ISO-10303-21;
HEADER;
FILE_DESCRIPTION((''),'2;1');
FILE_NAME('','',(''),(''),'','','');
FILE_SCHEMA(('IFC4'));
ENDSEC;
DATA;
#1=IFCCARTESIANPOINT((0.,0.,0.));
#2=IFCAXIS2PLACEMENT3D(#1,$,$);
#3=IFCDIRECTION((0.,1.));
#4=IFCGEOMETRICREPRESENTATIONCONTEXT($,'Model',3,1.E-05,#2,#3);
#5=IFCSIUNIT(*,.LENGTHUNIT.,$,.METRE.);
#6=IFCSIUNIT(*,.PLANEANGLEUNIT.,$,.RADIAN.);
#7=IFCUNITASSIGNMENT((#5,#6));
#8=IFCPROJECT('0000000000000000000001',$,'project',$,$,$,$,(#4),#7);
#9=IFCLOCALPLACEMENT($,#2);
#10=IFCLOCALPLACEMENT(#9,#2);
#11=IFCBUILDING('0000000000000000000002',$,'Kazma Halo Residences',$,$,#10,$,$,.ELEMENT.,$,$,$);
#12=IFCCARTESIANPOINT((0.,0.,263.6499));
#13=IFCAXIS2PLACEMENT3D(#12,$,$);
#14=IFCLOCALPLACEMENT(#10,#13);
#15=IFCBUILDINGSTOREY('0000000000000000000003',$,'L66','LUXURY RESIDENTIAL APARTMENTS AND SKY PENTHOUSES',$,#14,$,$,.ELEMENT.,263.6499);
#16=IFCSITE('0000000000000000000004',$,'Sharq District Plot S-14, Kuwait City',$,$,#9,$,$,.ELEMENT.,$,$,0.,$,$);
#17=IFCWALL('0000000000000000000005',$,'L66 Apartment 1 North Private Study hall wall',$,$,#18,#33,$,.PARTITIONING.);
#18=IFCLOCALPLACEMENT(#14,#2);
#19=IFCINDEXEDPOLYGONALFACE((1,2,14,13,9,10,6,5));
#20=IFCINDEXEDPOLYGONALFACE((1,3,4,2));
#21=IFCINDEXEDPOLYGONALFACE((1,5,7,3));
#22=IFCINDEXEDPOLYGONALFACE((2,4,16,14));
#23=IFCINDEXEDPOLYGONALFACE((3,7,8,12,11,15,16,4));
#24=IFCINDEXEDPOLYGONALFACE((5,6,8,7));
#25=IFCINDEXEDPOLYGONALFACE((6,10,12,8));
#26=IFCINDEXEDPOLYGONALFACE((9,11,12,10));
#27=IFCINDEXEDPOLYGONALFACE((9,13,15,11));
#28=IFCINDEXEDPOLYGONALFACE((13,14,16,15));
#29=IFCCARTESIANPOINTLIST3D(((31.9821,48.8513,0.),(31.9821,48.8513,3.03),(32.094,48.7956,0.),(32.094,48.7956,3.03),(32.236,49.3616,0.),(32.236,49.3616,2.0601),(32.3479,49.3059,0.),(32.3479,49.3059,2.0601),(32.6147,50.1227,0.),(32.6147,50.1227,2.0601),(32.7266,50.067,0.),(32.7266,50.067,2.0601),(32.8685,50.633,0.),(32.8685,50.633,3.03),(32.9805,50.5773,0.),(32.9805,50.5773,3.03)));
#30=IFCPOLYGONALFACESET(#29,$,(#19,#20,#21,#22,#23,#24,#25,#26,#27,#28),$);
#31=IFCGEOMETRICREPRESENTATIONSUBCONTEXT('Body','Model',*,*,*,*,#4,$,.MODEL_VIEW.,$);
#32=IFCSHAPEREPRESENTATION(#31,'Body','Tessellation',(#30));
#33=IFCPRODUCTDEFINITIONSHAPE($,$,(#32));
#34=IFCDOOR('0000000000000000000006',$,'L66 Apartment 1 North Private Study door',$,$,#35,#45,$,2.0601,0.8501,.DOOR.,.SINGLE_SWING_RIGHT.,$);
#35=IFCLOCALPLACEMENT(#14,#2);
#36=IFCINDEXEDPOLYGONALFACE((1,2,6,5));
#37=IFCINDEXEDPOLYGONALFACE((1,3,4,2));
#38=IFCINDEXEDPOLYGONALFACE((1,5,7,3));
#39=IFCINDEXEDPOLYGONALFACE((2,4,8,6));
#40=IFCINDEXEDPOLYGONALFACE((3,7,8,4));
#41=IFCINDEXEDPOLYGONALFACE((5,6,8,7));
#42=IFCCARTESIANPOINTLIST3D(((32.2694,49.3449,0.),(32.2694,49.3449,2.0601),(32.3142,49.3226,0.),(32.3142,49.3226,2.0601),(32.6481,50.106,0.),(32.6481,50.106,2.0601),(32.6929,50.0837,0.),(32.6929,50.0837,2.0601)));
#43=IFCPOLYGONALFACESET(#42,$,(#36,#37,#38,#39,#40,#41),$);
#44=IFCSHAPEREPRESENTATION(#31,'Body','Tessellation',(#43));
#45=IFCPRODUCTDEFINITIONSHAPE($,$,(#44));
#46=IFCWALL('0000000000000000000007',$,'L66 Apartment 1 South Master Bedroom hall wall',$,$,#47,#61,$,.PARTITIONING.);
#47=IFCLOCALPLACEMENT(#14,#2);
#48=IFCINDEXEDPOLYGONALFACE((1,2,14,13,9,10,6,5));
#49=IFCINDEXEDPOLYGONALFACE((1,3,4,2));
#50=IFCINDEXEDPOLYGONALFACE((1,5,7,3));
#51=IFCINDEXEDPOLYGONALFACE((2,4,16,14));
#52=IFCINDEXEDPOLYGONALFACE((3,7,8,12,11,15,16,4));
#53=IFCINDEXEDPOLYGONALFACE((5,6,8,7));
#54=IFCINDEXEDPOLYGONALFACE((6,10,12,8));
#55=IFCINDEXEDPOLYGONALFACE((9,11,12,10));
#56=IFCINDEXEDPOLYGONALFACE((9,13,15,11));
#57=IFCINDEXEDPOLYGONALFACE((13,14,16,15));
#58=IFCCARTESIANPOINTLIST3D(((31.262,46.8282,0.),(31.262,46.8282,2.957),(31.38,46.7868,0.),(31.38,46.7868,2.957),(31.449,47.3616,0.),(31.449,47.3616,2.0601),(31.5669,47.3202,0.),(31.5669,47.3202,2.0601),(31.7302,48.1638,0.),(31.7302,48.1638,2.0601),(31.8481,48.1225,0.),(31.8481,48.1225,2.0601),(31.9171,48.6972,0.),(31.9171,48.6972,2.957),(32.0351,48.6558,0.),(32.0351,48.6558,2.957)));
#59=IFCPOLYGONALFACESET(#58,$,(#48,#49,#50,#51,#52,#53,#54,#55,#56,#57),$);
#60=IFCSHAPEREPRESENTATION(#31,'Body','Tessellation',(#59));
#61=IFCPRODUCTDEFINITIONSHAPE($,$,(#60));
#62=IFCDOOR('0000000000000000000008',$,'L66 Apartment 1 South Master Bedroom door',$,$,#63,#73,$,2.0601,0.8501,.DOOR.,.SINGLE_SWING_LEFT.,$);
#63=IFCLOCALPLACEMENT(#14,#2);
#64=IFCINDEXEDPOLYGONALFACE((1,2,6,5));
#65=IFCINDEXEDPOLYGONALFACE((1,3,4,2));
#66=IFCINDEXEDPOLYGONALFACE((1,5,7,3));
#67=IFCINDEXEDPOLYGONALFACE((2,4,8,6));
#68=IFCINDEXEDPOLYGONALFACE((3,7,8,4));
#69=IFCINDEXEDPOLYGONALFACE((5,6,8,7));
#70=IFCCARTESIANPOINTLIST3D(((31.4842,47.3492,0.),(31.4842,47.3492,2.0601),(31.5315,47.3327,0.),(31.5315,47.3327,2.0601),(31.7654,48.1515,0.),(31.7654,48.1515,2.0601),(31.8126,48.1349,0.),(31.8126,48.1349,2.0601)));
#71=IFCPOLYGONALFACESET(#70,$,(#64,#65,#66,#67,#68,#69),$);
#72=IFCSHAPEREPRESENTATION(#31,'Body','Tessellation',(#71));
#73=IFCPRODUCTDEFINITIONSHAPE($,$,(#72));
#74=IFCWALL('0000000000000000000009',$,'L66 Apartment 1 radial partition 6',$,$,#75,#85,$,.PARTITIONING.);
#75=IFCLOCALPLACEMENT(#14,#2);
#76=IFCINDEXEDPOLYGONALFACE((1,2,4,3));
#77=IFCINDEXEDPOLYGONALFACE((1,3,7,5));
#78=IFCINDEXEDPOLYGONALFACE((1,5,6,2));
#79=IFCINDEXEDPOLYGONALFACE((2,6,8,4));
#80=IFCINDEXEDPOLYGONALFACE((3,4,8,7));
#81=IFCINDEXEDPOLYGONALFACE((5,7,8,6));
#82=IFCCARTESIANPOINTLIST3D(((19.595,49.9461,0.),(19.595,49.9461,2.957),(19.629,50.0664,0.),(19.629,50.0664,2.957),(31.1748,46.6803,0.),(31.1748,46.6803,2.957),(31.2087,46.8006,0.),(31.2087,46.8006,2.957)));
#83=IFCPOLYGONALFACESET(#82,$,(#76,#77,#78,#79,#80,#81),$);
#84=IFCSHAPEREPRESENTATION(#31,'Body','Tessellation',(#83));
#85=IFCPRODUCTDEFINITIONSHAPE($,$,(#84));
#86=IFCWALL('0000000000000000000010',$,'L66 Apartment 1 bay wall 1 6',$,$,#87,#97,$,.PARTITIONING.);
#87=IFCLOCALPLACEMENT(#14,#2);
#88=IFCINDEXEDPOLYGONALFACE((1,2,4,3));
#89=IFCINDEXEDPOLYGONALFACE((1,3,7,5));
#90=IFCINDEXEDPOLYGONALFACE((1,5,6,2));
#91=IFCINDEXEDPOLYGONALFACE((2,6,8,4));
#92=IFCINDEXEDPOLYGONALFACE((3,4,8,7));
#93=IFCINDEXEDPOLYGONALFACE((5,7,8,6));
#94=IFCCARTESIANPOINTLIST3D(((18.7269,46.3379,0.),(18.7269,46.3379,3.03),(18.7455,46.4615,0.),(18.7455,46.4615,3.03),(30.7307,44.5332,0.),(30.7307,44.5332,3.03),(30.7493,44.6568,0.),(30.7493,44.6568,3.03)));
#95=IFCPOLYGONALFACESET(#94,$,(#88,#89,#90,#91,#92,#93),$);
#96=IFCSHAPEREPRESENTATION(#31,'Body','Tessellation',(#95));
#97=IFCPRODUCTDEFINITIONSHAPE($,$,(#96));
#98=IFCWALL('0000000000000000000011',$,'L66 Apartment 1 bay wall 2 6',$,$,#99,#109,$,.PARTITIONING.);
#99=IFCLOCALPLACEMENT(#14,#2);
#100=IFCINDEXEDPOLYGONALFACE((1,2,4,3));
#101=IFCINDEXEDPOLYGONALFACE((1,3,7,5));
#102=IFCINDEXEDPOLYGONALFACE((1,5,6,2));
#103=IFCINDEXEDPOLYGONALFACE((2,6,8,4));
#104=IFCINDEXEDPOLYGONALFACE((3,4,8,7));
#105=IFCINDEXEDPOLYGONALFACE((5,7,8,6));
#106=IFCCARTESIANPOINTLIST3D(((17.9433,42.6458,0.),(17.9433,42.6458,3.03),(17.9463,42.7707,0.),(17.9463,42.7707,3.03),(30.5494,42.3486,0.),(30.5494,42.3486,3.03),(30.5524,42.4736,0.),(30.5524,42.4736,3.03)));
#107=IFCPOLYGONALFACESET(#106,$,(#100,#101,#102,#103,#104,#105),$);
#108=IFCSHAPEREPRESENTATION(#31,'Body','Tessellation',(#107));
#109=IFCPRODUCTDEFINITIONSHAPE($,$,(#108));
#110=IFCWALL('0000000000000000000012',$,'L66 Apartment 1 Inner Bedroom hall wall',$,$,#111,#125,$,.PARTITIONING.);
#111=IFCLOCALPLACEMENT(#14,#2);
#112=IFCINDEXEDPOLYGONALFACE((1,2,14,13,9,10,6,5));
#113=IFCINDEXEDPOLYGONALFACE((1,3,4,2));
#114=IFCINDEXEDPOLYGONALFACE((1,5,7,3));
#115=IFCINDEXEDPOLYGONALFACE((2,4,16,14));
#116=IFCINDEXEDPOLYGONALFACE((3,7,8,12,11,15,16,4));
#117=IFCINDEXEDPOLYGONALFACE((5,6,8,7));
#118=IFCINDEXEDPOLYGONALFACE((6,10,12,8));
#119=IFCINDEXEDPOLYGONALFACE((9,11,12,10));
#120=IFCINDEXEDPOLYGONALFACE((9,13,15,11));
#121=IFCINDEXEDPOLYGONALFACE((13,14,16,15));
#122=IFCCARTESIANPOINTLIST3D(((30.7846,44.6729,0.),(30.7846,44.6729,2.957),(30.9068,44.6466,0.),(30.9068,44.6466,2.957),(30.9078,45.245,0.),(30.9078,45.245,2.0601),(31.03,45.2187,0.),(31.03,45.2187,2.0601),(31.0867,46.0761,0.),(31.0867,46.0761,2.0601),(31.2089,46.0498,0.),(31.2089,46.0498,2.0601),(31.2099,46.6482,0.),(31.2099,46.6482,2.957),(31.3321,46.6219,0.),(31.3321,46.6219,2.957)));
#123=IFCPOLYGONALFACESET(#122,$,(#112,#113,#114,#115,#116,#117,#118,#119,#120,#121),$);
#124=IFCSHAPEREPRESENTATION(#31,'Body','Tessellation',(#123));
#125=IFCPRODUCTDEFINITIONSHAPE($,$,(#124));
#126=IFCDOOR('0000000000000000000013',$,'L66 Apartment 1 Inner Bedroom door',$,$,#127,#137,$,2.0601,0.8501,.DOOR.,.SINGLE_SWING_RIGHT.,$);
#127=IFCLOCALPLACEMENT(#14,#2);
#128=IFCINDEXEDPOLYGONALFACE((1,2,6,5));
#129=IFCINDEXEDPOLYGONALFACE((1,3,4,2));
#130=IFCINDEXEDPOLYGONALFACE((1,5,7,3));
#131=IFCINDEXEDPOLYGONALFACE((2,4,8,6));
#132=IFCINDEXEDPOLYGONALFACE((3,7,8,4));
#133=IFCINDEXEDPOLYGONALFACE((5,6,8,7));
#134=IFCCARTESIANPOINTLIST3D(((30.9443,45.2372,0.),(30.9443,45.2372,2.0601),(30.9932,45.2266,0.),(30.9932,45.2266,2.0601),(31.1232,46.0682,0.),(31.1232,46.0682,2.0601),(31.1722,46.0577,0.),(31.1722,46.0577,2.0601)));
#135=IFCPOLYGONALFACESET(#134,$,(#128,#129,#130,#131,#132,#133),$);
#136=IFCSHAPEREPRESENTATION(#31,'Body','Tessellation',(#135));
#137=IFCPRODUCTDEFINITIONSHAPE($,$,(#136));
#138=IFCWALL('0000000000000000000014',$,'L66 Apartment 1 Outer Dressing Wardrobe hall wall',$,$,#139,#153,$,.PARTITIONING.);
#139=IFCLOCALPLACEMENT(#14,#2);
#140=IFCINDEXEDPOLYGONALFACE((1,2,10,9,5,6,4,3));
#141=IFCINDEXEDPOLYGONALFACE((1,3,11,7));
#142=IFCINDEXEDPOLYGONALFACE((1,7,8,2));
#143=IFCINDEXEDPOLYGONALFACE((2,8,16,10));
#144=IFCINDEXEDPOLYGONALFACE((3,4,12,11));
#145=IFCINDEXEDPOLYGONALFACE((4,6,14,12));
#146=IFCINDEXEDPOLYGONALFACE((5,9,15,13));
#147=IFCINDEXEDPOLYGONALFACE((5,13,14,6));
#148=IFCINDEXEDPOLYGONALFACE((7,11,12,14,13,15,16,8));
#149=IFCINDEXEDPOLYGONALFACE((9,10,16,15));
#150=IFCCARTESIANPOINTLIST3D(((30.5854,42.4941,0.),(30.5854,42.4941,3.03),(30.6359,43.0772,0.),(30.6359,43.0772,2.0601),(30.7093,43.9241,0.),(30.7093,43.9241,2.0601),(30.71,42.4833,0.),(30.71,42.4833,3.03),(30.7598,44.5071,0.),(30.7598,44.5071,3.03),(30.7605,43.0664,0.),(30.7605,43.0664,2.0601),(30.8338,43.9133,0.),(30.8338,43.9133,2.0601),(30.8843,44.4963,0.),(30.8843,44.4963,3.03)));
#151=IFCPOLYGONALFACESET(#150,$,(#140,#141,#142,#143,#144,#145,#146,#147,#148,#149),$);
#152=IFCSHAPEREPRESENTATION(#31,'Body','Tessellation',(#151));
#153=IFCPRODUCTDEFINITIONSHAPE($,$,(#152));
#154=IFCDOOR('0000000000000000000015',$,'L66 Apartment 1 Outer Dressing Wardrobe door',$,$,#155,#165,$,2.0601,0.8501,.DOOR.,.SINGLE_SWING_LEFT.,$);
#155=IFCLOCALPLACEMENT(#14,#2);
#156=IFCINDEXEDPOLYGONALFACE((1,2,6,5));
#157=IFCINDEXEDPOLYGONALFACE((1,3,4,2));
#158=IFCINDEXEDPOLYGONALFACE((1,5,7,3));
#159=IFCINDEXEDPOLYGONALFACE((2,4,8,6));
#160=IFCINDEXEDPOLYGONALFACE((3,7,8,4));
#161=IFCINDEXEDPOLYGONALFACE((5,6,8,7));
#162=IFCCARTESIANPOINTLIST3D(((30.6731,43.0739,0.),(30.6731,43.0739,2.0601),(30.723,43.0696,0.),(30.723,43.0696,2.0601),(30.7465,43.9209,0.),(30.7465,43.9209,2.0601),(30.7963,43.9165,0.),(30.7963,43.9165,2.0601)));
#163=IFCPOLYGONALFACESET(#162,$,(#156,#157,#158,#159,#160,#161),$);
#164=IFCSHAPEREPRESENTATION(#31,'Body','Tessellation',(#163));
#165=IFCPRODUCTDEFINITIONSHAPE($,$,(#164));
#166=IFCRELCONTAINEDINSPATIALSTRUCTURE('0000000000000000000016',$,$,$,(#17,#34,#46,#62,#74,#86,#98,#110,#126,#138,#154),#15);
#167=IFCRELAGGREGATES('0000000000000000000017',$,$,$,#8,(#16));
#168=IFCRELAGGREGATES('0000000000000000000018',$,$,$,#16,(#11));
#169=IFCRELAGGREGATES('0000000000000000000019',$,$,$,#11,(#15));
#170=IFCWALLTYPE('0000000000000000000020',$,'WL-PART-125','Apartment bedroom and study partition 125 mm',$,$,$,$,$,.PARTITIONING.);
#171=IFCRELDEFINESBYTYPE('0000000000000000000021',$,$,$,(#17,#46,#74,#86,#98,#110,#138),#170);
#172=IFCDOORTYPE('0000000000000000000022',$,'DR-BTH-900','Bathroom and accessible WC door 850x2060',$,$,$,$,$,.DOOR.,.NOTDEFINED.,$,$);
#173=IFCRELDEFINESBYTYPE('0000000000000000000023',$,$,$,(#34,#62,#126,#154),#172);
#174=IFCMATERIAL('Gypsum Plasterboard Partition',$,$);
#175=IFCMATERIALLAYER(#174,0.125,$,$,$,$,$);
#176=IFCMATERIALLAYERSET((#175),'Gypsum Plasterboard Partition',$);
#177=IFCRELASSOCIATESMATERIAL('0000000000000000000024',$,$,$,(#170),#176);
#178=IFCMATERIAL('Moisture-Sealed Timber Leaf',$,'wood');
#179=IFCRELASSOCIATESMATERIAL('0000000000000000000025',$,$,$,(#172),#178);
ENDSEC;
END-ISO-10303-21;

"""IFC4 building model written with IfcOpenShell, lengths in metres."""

from ifc_helpers import new_model, si_unit, direction, frame, frame_2d, origin, place, context, subcontext, project, spatial, rectangle, extrude, material, layer, layer_set, type_object, element, fill, save


model = new_model("IFC4")

# Units and contexts
model_context = context("Model", 3, precision=1e-05, world=origin(), true_north=direction((0.0, 1.0)))
body_context = subcontext(model_context, "Body", "Model", "MODEL_VIEW")
ifc_project = project(units=[si_unit("LENGTHUNIT", "METRE"), si_unit("PLANEANGLEUNIT", "RADIAN")], contexts=[model_context])

# Site, building, storey
site_placement = place(None, origin())
site = spatial("IfcSite", under=ifc_project, at=site_placement, Name="Sharq District Plot S-14, Kuwait City", CompositionType="ELEMENT", RefElevation=0.0)
building_placement = place(site_placement, origin())
building = spatial("IfcBuilding", under=site, at=building_placement, Name="Kazma Halo Residences", CompositionType="ELEMENT")
storey_placement = place(building_placement, frame((0.0, 0.0, 263.6499)))
storey = spatial("IfcBuildingStorey", under=building, at=storey_placement, Name="L66", Description="LUXURY RESIDENTIAL APARTMENTS AND SKY PENTHOUSES", CompositionType="ELEMENT", Elevation=263.6499)

# Shared definitions
ifc_material_1 = material(Name="Gypsum Plasterboard Partition")
ifc_layer_1 = layer(ifc_material_1, 0.125)
ifc_layer_set_1 = layer_set([ifc_layer_1], Name="Gypsum Plasterboard Partition")
wall_type_1 = type_object("IfcWallType", Name="WL-PART-125", Description="Apartment bedroom and study partition 125 mm", PredefinedType="PARTITIONING", material=ifc_layer_set_1)

# Walls, openings, doors
wall_1_placement = place(storey_placement, frame((32.9246, 50.6052, 0.0), z_axis=(0.0, 0.0, 1.0), x_axis=(-0.445446, -0.895309, 0.0)))
wall_1 = element("IfcWall", 1, at=wall_1_placement, inside=storey, type_object=wall_type_1, Name="L66 Apartment 1 North Private Study hall wall", PredefinedType="PARTITIONING", context=body_context, shape_type="SweptSolid", body=[
    extrude(rectangle(XDim=1.99, YDim=0.125, at=frame_2d((0.9951, 0.0))), origin(), (0.0, 0.0, 1.0), 3.03),
])
opening_1_placement = place(wall_1_placement, frame((0.5701, 0.0, 0.0)))
opening_1 = element("IfcOpeningElement", 2, at=opening_1_placement, cuts=wall_1, PredefinedType="OPENING", context=body_context, shape_type="SweptSolid", body=[
    extrude(rectangle(XDim=0.8501, YDim=2.0601, at=frame_2d((0.425, 1.03))), frame((0.0, 0.0725, 0.0), z_axis=(0.0, -1.0, 0.0), x_axis=(1.0, 0.0, 0.0)), (0.0, 0.0, 1.0), 0.145),
])
ifc_material_2 = material(Name="Moisture-Sealed Timber Leaf", Category="wood")
door_type = type_object("IfcDoorType", Name="DR-BTH-900", Description="Bathroom and accessible WC door 850x2060", OperationType="NOTDEFINED", PredefinedType="DOOR", material=ifc_material_2)
door_1_placement = place(opening_1_placement, origin())
door_1 = element("IfcDoor", 3, at=door_1_placement, inside=storey, type_object=door_type, Name="L66 Apartment 1 North Private Study door", OperationType="SINGLE_SWING_RIGHT", OverallHeight=2.0601, OverallWidth=0.8501, PredefinedType="DOOR", context=body_context, shape_type="SweptSolid", body=[
    extrude(rectangle(XDim=0.8501, YDim=2.0601, at=frame_2d((0.425, 1.03))), frame((0.0, 0.0249, 0.0), z_axis=(0.0, -1.0, 0.0), x_axis=(1.0, 0.0, 0.0)), (0.0, 0.0, 1.0), 0.05),
])
fill(opening_1, door_1)
wall_2_placement = place(storey_placement, frame((31.9761, 48.6765, 0.0), z_axis=(0.0, 0.0, 1.0), x_axis=(-0.330762, -0.943714, 0.0)))
wall_2 = element("IfcWall", 4, at=wall_2_placement, inside=storey, type_object=wall_type_1, Name="L66 Apartment 1 South Master Bedroom hall wall", PredefinedType="PARTITIONING", context=body_context, shape_type="SweptSolid", body=[
    extrude(rectangle(XDim=1.9805, YDim=0.125, at=frame_2d((0.9902, 0.0))), origin(), (0.0, 0.0, 1.0), 2.957),
])
opening_2_placement = place(wall_2_placement, frame((0.5652, 0.0, 0.0)))
opening_2 = element("IfcOpeningElement", 5, at=opening_2_placement, cuts=wall_2, PredefinedType="OPENING", context=body_context, shape_type="SweptSolid", body=[
    extrude(rectangle(XDim=0.8501, YDim=2.0601, at=frame_2d((0.425, 1.03))), frame((0.0, 0.0725, 0.0), z_axis=(0.0, -1.0, 0.0), x_axis=(1.0, 0.0, 0.0)), (0.0, 0.0, 1.0), 0.145),
])
door_2_placement = place(opening_2_placement, origin())
door_2 = element("IfcDoor", 6, at=door_2_placement, inside=storey, type_object=door_type, Name="L66 Apartment 1 South Master Bedroom door", OperationType="SINGLE_SWING_LEFT", OverallHeight=2.0601, OverallWidth=0.8501, PredefinedType="DOOR", context=body_context, shape_type="SweptSolid", body=[
    extrude(rectangle(XDim=0.8501, YDim=2.0601, at=frame_2d((0.425, 1.03))), frame((0.0, 0.0249, 0.0), z_axis=(0.0, -1.0, 0.0), x_axis=(1.0, 0.0, 0.0)), (0.0, 0.0, 1.0), 0.05),
])
fill(opening_2, door_2)

# Walls
wall_3_placement = place(storey_placement, frame((31.1917, 46.7405, 0.0), z_axis=(0.0, 0.0, 1.0), x_axis=(-0.962455, 0.271442, 0.0)))
element("IfcWall", 7, at=wall_3_placement, inside=storey, type_object=wall_type_1, Name="L66 Apartment 1 radial partition 6", PredefinedType="PARTITIONING", context=body_context, shape_type="SweptSolid", body=[
    extrude(rectangle(XDim=12.0315, YDim=0.125, at=frame_2d((6.0156, 0.0))), origin(), (0.0, 0.0, 1.0), 2.957),
])
wall_4_placement = place(storey_placement, frame((30.74, 44.595, 0.0), z_axis=(0.0, 0.0, 1.0), x_axis=(-0.988886, 0.148674, 0.0)))
element("IfcWall", 8, at=wall_4_placement, inside=storey, type_object=wall_type_1, Name="L66 Apartment 1 bay wall 1 6", PredefinedType="PARTITIONING", context=body_context, shape_type="SweptSolid", body=[
    extrude(rectangle(XDim=12.1387, YDim=0.125, at=frame_2d((6.0693, 0.0))), origin(), (0.0, 0.0, 1.0), 3.03),
])
wall_5_placement = place(storey_placement, frame((30.5508, 42.4111, 0.0), z_axis=(0.0, 0.0, 1.0), x_axis=(-0.999722, 0.023563, 0.0)))
element("IfcWall", 9, at=wall_5_placement, inside=storey, type_object=wall_type_1, Name="L66 Apartment 1 bay wall 2 6", PredefinedType="PARTITIONING", context=body_context, shape_type="SweptSolid", body=[
    extrude(rectangle(XDim=12.6096, YDim=0.125, at=frame_2d((6.3047, 0.0))), origin(), (0.0, 0.0, 1.0), 3.03),
])

# Walls, openings, doors
wall_6_placement = place(storey_placement, frame((31.271, 46.635, 0.0), z_axis=(0.0, 0.0, 1.0), x_axis=(-0.210478, -0.977599, 0.0)))
wall_6 = element("IfcWall", 10, at=wall_6_placement, inside=storey, type_object=wall_type_1, Name="L66 Apartment 1 Inner Bedroom hall wall", PredefinedType="PARTITIONING", context=body_context, shape_type="SweptSolid", body=[
    extrude(rectangle(XDim=2.0205, YDim=0.125, at=frame_2d((1.0103, 0.0))), origin(), (0.0, 0.0, 1.0), 2.957),
])
opening_3_placement = place(wall_6_placement, frame((0.5852, 0.0, 0.0)))
opening_3 = element("IfcOpeningElement", 11, at=opening_3_placement, cuts=wall_6, PredefinedType="OPENING", context=body_context, shape_type="SweptSolid", body=[
    extrude(rectangle(XDim=0.8501, YDim=2.0601, at=frame_2d((0.425, 1.03))), frame((0.0, 0.0725, 0.0), z_axis=(0.0, -1.0, 0.0), x_axis=(1.0, 0.0, 0.0)), (0.0, 0.0, 1.0), 0.145),
])
door_3_placement = place(opening_3_placement, origin())
door_3 = element("IfcDoor", 12, at=door_3_placement, inside=storey, type_object=door_type, Name="L66 Apartment 1 Inner Bedroom door", OperationType="SINGLE_SWING_RIGHT", OverallHeight=2.0601, OverallWidth=0.8501, PredefinedType="DOOR", context=body_context, shape_type="SweptSolid", body=[
    extrude(rectangle(XDim=0.8501, YDim=2.0601, at=frame_2d((0.425, 1.03))), frame((0.0, 0.0249, 0.0), z_axis=(0.0, -1.0, 0.0), x_axis=(1.0, 0.0, 0.0)), (0.0, 0.0, 1.0), 0.05),
])
fill(opening_3, door_3)
wall_7_placement = place(storey_placement, frame((30.822, 44.5017, 0.0), z_axis=(0.0, 0.0, 1.0), x_axis=(-0.086275, -0.996271, 0.0)))
wall_7 = element("IfcWall", 13, at=wall_7_placement, inside=storey, type_object=wall_type_1, Name="L66 Apartment 1 Outer Dressing Wardrobe hall wall", PredefinedType="PARTITIONING", context=body_context, shape_type="SweptSolid", body=[
    extrude(rectangle(XDim=2.0205, YDim=0.125, at=frame_2d((1.0103, 0.0))), origin(), (0.0, 0.0, 1.0), 3.03),
])
opening_4_placement = place(wall_7_placement, frame((0.5852, 0.0, 0.0)))
opening_4 = element("IfcOpeningElement", 14, at=opening_4_placement, cuts=wall_7, PredefinedType="OPENING", context=body_context, shape_type="SweptSolid", body=[
    extrude(rectangle(XDim=0.8501, YDim=2.0601, at=frame_2d((0.425, 1.03))), frame((0.0, 0.0725, 0.0), z_axis=(0.0, -1.0, 0.0), x_axis=(1.0, 0.0, 0.0)), (0.0, 0.0, 1.0), 0.145),
])
door_4_placement = place(opening_4_placement, origin())
door_4 = element("IfcDoor", 15, at=door_4_placement, inside=storey, type_object=door_type, Name="L66 Apartment 1 Outer Dressing Wardrobe door", OperationType="SINGLE_SWING_LEFT", OverallHeight=2.0601, OverallWidth=0.8501, PredefinedType="DOOR", context=body_context, shape_type="SweptSolid", body=[
    extrude(rectangle(XDim=0.8501, YDim=2.0601, at=frame_2d((0.425, 1.03))), frame((0.0, 0.0249, 0.0), z_axis=(0.0, -1.0, 0.0), x_axis=(1.0, 0.0, 0.0)), (0.0, 0.0, 1.0), 0.05),
])
fill(opening_4, door_4)

save(model, "model.ifc")
